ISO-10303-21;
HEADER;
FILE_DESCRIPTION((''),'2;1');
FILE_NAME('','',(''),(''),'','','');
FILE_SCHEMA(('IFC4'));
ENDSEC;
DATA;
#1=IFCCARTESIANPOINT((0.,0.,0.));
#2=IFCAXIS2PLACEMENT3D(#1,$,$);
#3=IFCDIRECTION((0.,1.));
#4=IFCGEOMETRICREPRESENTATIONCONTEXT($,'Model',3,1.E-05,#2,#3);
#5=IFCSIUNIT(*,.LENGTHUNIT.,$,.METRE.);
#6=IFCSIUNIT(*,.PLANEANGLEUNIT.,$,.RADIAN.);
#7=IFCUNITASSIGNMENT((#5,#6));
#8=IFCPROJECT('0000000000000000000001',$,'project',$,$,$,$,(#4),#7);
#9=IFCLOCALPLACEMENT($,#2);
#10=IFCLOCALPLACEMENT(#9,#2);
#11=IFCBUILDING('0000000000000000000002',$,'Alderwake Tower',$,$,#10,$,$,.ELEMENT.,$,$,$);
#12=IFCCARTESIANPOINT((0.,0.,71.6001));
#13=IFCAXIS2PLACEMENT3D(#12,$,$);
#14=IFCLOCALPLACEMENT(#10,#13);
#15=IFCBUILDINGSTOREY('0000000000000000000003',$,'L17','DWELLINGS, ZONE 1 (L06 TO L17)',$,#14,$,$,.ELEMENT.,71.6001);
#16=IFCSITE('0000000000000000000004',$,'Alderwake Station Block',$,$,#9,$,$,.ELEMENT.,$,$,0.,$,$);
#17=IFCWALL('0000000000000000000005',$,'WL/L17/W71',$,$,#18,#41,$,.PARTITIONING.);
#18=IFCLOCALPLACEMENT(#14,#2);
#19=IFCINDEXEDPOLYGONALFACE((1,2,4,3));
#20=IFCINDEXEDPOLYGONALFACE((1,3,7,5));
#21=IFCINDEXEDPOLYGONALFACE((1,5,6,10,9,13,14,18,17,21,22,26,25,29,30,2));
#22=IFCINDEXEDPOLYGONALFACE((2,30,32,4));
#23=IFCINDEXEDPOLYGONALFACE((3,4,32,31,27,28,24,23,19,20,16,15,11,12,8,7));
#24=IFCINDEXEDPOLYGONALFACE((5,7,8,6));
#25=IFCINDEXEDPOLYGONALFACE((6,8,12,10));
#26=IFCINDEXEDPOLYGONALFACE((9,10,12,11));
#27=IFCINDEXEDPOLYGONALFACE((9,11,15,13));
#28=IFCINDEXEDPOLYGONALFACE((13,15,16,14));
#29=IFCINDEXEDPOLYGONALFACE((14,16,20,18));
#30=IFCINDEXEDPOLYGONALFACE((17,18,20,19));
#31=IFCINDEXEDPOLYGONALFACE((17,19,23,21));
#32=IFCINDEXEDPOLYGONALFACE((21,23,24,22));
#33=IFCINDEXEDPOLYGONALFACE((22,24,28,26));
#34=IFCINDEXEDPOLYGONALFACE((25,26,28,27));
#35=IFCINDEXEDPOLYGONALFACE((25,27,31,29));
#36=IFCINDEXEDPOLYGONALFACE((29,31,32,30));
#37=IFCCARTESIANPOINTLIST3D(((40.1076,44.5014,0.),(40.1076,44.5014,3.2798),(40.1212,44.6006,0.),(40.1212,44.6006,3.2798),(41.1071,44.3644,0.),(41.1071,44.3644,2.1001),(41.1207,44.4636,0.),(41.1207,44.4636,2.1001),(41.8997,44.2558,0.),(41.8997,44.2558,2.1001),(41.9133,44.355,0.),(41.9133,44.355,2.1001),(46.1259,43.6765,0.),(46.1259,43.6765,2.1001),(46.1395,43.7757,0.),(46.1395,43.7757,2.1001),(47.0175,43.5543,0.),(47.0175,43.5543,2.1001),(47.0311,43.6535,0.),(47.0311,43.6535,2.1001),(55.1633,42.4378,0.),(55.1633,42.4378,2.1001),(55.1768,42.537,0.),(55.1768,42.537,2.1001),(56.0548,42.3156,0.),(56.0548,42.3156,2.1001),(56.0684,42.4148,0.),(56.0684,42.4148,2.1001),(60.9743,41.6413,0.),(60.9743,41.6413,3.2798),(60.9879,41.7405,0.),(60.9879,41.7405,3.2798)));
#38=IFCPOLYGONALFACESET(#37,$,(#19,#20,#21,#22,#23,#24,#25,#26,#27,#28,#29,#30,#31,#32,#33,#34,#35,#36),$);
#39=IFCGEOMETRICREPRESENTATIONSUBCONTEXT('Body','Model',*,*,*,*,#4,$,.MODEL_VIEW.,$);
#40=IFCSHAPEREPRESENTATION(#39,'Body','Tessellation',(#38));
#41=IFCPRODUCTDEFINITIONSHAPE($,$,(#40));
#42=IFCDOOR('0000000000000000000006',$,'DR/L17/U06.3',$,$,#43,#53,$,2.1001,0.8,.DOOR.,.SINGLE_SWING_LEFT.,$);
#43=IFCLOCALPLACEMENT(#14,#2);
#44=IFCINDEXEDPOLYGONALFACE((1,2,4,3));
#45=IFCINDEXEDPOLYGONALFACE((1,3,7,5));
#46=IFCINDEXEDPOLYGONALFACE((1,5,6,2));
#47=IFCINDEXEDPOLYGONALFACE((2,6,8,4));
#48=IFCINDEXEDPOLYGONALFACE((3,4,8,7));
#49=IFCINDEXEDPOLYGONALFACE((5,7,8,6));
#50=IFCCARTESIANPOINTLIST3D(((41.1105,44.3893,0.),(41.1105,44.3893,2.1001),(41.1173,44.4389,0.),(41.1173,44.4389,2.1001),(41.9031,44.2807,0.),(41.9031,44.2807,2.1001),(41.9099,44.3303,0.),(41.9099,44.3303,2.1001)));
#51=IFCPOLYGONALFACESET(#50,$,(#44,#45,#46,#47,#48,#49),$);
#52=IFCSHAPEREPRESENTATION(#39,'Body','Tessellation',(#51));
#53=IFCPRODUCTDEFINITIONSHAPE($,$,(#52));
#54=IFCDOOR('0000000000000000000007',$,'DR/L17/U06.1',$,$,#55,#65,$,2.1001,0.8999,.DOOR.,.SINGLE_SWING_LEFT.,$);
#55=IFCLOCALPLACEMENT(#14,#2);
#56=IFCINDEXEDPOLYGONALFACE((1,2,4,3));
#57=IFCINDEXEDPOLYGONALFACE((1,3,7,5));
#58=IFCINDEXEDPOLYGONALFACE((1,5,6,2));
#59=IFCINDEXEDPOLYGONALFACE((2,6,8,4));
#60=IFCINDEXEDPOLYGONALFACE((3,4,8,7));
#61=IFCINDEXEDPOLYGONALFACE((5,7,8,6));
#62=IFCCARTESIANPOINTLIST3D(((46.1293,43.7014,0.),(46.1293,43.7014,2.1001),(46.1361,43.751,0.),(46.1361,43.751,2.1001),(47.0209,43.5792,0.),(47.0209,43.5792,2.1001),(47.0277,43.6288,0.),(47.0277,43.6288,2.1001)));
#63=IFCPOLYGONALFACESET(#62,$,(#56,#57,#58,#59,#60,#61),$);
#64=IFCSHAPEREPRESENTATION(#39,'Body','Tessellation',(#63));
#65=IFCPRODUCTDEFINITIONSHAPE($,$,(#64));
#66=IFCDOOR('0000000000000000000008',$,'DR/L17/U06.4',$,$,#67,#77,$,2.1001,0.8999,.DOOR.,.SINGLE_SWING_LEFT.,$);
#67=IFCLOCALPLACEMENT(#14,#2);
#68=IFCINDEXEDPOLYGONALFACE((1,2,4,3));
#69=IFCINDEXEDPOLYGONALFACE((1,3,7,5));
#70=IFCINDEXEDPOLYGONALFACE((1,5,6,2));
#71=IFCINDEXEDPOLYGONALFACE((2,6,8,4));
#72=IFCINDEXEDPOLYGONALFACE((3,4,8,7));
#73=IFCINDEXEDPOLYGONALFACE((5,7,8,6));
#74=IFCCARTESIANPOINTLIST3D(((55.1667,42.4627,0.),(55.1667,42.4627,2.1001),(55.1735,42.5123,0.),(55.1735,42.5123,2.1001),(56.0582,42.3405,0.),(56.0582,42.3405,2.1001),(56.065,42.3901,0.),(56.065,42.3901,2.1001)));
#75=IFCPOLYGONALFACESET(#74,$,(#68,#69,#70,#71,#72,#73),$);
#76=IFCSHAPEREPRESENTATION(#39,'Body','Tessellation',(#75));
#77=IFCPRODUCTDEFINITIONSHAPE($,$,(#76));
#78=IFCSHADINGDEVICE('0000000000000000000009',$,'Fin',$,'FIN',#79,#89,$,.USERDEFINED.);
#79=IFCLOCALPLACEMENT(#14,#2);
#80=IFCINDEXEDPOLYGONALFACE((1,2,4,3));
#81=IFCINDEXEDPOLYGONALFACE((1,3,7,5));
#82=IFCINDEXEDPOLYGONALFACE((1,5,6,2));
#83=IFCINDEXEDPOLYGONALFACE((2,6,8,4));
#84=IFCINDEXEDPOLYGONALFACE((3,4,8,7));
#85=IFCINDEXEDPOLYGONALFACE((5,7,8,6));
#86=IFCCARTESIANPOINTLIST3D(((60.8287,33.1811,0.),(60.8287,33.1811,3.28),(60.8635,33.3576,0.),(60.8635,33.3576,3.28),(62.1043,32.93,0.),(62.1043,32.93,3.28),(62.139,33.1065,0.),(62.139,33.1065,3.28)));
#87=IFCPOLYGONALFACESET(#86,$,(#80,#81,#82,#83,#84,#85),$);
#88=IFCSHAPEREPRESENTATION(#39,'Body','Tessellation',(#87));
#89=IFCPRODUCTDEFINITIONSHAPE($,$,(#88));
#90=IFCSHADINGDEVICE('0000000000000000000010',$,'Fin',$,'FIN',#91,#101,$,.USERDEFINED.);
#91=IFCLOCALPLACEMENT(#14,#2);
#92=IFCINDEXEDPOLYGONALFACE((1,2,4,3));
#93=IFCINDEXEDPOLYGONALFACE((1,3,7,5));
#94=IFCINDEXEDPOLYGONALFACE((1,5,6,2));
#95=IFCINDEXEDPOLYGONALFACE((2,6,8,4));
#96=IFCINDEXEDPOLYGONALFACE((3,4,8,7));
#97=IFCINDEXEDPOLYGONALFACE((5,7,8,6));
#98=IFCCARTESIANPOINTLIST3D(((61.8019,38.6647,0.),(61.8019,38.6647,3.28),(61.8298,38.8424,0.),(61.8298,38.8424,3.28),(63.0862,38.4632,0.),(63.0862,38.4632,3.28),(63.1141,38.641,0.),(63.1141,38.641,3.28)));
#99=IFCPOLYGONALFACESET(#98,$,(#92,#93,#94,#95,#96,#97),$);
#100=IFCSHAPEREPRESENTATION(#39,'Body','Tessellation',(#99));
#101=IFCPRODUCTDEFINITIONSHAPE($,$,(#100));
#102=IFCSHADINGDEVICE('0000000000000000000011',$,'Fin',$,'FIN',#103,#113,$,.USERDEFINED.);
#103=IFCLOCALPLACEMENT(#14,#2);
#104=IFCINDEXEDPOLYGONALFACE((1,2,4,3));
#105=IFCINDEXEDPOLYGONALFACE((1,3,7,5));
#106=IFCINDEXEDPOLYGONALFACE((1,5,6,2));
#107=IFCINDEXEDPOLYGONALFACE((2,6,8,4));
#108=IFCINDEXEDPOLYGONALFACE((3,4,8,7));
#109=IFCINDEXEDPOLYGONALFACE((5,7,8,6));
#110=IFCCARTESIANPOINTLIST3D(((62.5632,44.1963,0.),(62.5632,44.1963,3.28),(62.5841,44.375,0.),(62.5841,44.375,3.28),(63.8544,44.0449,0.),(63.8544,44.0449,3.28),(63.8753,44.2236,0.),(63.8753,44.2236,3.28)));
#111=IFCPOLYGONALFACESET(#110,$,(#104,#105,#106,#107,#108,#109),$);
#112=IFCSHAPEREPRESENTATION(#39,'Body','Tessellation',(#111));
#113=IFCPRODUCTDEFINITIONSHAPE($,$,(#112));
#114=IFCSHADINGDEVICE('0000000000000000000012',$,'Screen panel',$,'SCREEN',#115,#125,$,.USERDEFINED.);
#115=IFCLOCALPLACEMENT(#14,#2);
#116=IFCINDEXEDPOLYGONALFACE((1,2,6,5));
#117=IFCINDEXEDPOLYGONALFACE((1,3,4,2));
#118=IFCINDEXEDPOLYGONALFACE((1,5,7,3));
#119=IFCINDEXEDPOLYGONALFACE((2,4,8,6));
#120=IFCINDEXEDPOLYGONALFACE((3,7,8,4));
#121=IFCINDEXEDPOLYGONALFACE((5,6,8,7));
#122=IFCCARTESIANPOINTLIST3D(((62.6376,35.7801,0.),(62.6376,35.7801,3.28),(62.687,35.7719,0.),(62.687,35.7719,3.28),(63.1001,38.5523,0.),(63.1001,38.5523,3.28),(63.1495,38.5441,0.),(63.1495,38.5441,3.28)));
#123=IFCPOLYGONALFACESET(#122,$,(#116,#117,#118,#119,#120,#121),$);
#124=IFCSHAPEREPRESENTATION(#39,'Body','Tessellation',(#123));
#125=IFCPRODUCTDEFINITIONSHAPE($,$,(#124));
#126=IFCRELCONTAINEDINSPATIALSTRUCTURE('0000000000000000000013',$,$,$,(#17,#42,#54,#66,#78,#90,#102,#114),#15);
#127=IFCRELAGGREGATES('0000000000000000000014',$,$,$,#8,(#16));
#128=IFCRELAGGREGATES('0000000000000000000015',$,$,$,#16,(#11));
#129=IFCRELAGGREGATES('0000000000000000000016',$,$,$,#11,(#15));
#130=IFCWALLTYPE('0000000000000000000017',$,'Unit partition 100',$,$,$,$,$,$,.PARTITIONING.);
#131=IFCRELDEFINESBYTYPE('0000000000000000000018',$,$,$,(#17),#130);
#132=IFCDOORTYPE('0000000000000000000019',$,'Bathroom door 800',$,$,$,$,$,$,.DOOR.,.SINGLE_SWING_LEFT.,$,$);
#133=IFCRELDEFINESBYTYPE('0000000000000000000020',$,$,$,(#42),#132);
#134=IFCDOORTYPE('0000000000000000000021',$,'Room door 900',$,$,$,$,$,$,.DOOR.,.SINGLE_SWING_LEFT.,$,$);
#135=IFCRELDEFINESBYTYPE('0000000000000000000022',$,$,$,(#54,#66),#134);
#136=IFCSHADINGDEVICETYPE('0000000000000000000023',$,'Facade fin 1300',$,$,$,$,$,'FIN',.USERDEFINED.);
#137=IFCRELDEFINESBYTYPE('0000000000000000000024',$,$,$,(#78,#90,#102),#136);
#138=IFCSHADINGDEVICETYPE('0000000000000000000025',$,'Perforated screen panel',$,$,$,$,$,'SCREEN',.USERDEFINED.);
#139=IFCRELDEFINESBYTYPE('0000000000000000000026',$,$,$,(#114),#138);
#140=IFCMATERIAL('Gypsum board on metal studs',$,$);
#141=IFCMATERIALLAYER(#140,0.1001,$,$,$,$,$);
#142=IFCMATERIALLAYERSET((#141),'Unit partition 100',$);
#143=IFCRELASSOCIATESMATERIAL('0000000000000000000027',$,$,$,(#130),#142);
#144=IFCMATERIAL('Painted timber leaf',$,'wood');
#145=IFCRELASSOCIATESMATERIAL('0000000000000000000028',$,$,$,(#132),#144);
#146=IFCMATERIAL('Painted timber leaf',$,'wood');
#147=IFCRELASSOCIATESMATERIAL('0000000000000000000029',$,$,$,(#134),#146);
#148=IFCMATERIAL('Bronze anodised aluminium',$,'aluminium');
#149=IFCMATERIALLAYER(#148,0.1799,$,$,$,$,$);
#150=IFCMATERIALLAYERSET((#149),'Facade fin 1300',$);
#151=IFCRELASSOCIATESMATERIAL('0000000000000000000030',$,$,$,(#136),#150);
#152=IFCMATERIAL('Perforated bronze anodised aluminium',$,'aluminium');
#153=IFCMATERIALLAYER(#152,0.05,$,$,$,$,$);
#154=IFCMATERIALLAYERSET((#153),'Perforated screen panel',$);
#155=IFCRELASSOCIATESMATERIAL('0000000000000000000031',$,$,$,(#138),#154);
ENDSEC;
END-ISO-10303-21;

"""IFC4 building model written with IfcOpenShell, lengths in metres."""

from ifc_helpers import new_model, si_unit, direction, frame, frame_2d, origin, origin_2d, place, context, subcontext, project, spatial, rectangle, extrude, material, layer, layer_set, type_object, element, fill, save


model = new_model("IFC4")

# Units and contexts
model_context = context("Model", 3, precision=1e-05, world=origin(), true_north=direction((0.0, 1.0)))
body_context = subcontext(model_context, "Body", "Model", "MODEL_VIEW")
ifc_project = project(units=[si_unit("LENGTHUNIT", "METRE"), si_unit("PLANEANGLEUNIT", "RADIAN")], contexts=[model_context])

# Site, building, storey
site_placement = place(None, origin())
site = spatial("IfcSite", under=ifc_project, at=site_placement, Name="Alderwake Station Block", CompositionType="ELEMENT", RefElevation=0.0)
building_placement = place(site_placement, origin())
building = spatial("IfcBuilding", under=site, at=building_placement, Name="Alderwake Tower", CompositionType="ELEMENT")
storey_placement = place(building_placement, frame((0.0, 0.0, 71.6001)))
storey = spatial("IfcBuildingStorey", under=building, at=storey_placement, Name="L17", Description="DWELLINGS, ZONE 1 (L06 TO L17)", CompositionType="ELEMENT", Elevation=71.6001)

# Wall, openings, doors
ifc_material_1 = material(Name="Gypsum board on metal studs")
ifc_layer_1 = layer(ifc_material_1, 0.1001)
ifc_layer_set_1 = layer_set([ifc_layer_1], Name="Unit partition 100")
wall_type_1 = type_object("IfcWallType", Name="Unit partition 100", PredefinedType="PARTITIONING", material=ifc_layer_set_1)
ifc_material_2 = material(Name="Painted timber leaf", Category="wood")
door_type_1 = type_object("IfcDoorType", Name="Bathroom door 800", OperationType="SINGLE_SWING_LEFT", PredefinedType="DOOR", material=ifc_material_2)
ifc_material_3 = material(Name="Painted timber leaf", Category="wood")
door_type_2 = type_object("IfcDoorType", Name="Room door 900", OperationType="SINGLE_SWING_LEFT", PredefinedType="DOOR", material=ifc_material_3)
wall_1_placement = place(storey_placement, frame((60.981, 41.6909, 0.0), z_axis=(0.0, 0.0, 1.0), x_axis=(-0.990737, 0.135796, 0.0)))
wall_1 = element("IfcWall", 1, at=wall_1_placement, inside=storey, type_object=wall_type_1, Name="WL/L17/W71", PredefinedType="PARTITIONING", context=body_context, shape_type="SweptSolid", body=[
    extrude(rectangle(XDim=21.0618, YDim=0.1001, at=frame_2d((10.5308, 0.0))), origin(), (0.0, 0.0, 1.0), 3.2798),
])
opening_1_placement = place(wall_1_placement, frame((14.0872, 0.0, 0.0)))
opening_1 = element("IfcOpeningElement", 2, at=opening_1_placement, cuts=wall_1, PredefinedType="OPENING", context=body_context, shape_type="SweptSolid", body=[
    extrude(rectangle(XDim=0.8999, YDim=2.1001, at=frame_2d((0.45, 1.05))), frame((0.0, 0.0601, 0.0), z_axis=(0.0, -1.0, 0.0), x_axis=(1.0, 0.0, 0.0)), (0.0, 0.0, 1.0), 0.1201),
])
opening_2_placement = place(wall_1_placement, frame((19.2529, 0.0, 0.0)))
opening_2 = element("IfcOpeningElement", 3, at=opening_2_placement, cuts=wall_1, PredefinedType="OPENING", context=body_context, shape_type="SweptSolid", body=[
    extrude(rectangle(XDim=0.8, YDim=2.1001, at=frame_2d((0.3999, 1.05))), frame((0.0, 0.0601, 0.0), z_axis=(0.0, -1.0, 0.0), x_axis=(1.0, 0.0, 0.0)), (0.0, 0.0, 1.0), 0.1201),
])
opening_3_placement = place(wall_1_placement, frame((4.9653, 0.0, 0.0)))
opening_3 = element("IfcOpeningElement", 4, at=opening_3_placement, cuts=wall_1, PredefinedType="OPENING", context=body_context, shape_type="SweptSolid", body=[
    extrude(rectangle(XDim=0.8999, YDim=2.1001, at=frame_2d((0.45, 1.05))), frame((0.0, 0.0601, 0.0), z_axis=(0.0, -1.0, 0.0), x_axis=(1.0, 0.0, 0.0)), (0.0, 0.0, 1.0), 0.1201),
])
door_1_placement = place(opening_2_placement, origin())
door_1 = element("IfcDoor", 5, at=door_1_placement, inside=storey, type_object=door_type_1, Name="DR/L17/U06.3", OperationType="SINGLE_SWING_LEFT", OverallHeight=2.1001, OverallWidth=0.8, PredefinedType="DOOR", context=body_context, shape_type="SweptSolid", body=[
    extrude(rectangle(XDim=0.8, YDim=2.1001, at=frame_2d((0.3999, 1.05))), frame((0.0, 0.0249, 0.0), z_axis=(0.0, -1.0, 0.0), x_axis=(1.0, 0.0, 0.0)), (0.0, 0.0, 1.0), 0.05),
])
fill(opening_2, door_1)
door_2_placement = place(opening_1_placement, origin())
door_2 = element("IfcDoor", 6, at=door_2_placement, inside=storey, type_object=door_type_2, Name="DR/L17/U06.1", OperationType="SINGLE_SWING_LEFT", OverallHeight=2.1001, OverallWidth=0.8999, PredefinedType="DOOR", context=body_context, shape_type="SweptSolid", body=[
    extrude(rectangle(XDim=0.8999, YDim=2.1001, at=frame_2d((0.45, 1.05))), frame((0.0, 0.0249, 0.0), z_axis=(0.0, -1.0, 0.0), x_axis=(1.0, 0.0, 0.0)), (0.0, 0.0, 1.0), 0.05),
])
fill(opening_1, door_2)
door_3_placement = place(opening_3_placement, origin())
door_3 = element("IfcDoor", 7, at=door_3_placement, inside=storey, type_object=door_type_2, Name="DR/L17/U06.4", OperationType="SINGLE_SWING_LEFT", OverallHeight=2.1001, OverallWidth=0.8999, PredefinedType="DOOR", context=body_context, shape_type="SweptSolid", body=[
    extrude(rectangle(XDim=0.8999, YDim=2.1001, at=frame_2d((0.45, 1.05))), frame((0.0, 0.0249, 0.0), z_axis=(0.0, -1.0, 0.0), x_axis=(1.0, 0.0, 0.0)), (0.0, 0.0, 1.0), 0.05),
])
fill(opening_3, door_3)

# Shading devices
ifc_material_4 = material(Name="Bronze anodised aluminium", Category="aluminium")
ifc_layer_2 = layer(ifc_material_4, 0.1799)
ifc_layer_set_2 = layer_set([ifc_layer_2], Name="Facade fin 1300")
shading_device_type_1 = type_object("IfcShadingDeviceType", Name="Facade fin 1300", ElementType="FIN", PredefinedType="USERDEFINED", material=ifc_layer_set_2)
for number, where, z_axis, x_axis, name in (
    (8, (61.4839, 33.1438, 0.0), (0.0, 0.0, 1.0), (0.981164, -0.193178, 0.0), "Fin"),
    (9, (62.458, 38.6528, 0.0), (0.0, 0.0, 1.0), (0.987919, -0.154972, 0.0), "Fin"),
    (10, (63.2192, 44.21, 0.0), (0.0, 0.0, 1.0), (0.993198, -0.116435, 0.0), "Fin"),
):
    element("IfcShadingDevice", number, at=place(storey_placement, frame(where, z_axis=z_axis, x_axis=x_axis)), inside=storey, type_object=shading_device_type_1, Name=name, ObjectType="FIN", PredefinedType="USERDEFINED", context=body_context, shape_type="SweptSolid", body=[
        extrude(rectangle(XDim=1.3, YDim=0.1799, at=origin_2d()), origin(), (0.0, 0.0, 1.0), 3.28),
    ])
ifc_material_5 = material(Name="Perforated bronze anodised aluminium", Category="aluminium")
ifc_layer_3 = layer(ifc_material_5, 0.05)
ifc_layer_set_3 = layer_set([ifc_layer_3], Name="Perforated screen panel")
shading_device_type_2 = type_object("IfcShadingDeviceType", Name="Perforated screen panel", ElementType="SCREEN", PredefinedType="USERDEFINED", material=ifc_layer_set_3)
shading_device_placement = place(storey_placement, frame((62.8936, 37.1621, 0.0), z_axis=(0.0, 0.0, 1.0), x_axis=(0.986369, -0.164548, 0.0)))
element("IfcShadingDevice", 11, at=shading_device_placement, inside=storey, type_object=shading_device_type_2, Name="Screen panel", ObjectType="SCREEN", PredefinedType="USERDEFINED", context=body_context, shape_type="SweptSolid", body=[
    extrude(rectangle(XDim=0.05, YDim=2.8105, at=origin_2d()), origin(), (0.0, 0.0, 1.0), 3.28),
])

save(model, "model.ifc")
